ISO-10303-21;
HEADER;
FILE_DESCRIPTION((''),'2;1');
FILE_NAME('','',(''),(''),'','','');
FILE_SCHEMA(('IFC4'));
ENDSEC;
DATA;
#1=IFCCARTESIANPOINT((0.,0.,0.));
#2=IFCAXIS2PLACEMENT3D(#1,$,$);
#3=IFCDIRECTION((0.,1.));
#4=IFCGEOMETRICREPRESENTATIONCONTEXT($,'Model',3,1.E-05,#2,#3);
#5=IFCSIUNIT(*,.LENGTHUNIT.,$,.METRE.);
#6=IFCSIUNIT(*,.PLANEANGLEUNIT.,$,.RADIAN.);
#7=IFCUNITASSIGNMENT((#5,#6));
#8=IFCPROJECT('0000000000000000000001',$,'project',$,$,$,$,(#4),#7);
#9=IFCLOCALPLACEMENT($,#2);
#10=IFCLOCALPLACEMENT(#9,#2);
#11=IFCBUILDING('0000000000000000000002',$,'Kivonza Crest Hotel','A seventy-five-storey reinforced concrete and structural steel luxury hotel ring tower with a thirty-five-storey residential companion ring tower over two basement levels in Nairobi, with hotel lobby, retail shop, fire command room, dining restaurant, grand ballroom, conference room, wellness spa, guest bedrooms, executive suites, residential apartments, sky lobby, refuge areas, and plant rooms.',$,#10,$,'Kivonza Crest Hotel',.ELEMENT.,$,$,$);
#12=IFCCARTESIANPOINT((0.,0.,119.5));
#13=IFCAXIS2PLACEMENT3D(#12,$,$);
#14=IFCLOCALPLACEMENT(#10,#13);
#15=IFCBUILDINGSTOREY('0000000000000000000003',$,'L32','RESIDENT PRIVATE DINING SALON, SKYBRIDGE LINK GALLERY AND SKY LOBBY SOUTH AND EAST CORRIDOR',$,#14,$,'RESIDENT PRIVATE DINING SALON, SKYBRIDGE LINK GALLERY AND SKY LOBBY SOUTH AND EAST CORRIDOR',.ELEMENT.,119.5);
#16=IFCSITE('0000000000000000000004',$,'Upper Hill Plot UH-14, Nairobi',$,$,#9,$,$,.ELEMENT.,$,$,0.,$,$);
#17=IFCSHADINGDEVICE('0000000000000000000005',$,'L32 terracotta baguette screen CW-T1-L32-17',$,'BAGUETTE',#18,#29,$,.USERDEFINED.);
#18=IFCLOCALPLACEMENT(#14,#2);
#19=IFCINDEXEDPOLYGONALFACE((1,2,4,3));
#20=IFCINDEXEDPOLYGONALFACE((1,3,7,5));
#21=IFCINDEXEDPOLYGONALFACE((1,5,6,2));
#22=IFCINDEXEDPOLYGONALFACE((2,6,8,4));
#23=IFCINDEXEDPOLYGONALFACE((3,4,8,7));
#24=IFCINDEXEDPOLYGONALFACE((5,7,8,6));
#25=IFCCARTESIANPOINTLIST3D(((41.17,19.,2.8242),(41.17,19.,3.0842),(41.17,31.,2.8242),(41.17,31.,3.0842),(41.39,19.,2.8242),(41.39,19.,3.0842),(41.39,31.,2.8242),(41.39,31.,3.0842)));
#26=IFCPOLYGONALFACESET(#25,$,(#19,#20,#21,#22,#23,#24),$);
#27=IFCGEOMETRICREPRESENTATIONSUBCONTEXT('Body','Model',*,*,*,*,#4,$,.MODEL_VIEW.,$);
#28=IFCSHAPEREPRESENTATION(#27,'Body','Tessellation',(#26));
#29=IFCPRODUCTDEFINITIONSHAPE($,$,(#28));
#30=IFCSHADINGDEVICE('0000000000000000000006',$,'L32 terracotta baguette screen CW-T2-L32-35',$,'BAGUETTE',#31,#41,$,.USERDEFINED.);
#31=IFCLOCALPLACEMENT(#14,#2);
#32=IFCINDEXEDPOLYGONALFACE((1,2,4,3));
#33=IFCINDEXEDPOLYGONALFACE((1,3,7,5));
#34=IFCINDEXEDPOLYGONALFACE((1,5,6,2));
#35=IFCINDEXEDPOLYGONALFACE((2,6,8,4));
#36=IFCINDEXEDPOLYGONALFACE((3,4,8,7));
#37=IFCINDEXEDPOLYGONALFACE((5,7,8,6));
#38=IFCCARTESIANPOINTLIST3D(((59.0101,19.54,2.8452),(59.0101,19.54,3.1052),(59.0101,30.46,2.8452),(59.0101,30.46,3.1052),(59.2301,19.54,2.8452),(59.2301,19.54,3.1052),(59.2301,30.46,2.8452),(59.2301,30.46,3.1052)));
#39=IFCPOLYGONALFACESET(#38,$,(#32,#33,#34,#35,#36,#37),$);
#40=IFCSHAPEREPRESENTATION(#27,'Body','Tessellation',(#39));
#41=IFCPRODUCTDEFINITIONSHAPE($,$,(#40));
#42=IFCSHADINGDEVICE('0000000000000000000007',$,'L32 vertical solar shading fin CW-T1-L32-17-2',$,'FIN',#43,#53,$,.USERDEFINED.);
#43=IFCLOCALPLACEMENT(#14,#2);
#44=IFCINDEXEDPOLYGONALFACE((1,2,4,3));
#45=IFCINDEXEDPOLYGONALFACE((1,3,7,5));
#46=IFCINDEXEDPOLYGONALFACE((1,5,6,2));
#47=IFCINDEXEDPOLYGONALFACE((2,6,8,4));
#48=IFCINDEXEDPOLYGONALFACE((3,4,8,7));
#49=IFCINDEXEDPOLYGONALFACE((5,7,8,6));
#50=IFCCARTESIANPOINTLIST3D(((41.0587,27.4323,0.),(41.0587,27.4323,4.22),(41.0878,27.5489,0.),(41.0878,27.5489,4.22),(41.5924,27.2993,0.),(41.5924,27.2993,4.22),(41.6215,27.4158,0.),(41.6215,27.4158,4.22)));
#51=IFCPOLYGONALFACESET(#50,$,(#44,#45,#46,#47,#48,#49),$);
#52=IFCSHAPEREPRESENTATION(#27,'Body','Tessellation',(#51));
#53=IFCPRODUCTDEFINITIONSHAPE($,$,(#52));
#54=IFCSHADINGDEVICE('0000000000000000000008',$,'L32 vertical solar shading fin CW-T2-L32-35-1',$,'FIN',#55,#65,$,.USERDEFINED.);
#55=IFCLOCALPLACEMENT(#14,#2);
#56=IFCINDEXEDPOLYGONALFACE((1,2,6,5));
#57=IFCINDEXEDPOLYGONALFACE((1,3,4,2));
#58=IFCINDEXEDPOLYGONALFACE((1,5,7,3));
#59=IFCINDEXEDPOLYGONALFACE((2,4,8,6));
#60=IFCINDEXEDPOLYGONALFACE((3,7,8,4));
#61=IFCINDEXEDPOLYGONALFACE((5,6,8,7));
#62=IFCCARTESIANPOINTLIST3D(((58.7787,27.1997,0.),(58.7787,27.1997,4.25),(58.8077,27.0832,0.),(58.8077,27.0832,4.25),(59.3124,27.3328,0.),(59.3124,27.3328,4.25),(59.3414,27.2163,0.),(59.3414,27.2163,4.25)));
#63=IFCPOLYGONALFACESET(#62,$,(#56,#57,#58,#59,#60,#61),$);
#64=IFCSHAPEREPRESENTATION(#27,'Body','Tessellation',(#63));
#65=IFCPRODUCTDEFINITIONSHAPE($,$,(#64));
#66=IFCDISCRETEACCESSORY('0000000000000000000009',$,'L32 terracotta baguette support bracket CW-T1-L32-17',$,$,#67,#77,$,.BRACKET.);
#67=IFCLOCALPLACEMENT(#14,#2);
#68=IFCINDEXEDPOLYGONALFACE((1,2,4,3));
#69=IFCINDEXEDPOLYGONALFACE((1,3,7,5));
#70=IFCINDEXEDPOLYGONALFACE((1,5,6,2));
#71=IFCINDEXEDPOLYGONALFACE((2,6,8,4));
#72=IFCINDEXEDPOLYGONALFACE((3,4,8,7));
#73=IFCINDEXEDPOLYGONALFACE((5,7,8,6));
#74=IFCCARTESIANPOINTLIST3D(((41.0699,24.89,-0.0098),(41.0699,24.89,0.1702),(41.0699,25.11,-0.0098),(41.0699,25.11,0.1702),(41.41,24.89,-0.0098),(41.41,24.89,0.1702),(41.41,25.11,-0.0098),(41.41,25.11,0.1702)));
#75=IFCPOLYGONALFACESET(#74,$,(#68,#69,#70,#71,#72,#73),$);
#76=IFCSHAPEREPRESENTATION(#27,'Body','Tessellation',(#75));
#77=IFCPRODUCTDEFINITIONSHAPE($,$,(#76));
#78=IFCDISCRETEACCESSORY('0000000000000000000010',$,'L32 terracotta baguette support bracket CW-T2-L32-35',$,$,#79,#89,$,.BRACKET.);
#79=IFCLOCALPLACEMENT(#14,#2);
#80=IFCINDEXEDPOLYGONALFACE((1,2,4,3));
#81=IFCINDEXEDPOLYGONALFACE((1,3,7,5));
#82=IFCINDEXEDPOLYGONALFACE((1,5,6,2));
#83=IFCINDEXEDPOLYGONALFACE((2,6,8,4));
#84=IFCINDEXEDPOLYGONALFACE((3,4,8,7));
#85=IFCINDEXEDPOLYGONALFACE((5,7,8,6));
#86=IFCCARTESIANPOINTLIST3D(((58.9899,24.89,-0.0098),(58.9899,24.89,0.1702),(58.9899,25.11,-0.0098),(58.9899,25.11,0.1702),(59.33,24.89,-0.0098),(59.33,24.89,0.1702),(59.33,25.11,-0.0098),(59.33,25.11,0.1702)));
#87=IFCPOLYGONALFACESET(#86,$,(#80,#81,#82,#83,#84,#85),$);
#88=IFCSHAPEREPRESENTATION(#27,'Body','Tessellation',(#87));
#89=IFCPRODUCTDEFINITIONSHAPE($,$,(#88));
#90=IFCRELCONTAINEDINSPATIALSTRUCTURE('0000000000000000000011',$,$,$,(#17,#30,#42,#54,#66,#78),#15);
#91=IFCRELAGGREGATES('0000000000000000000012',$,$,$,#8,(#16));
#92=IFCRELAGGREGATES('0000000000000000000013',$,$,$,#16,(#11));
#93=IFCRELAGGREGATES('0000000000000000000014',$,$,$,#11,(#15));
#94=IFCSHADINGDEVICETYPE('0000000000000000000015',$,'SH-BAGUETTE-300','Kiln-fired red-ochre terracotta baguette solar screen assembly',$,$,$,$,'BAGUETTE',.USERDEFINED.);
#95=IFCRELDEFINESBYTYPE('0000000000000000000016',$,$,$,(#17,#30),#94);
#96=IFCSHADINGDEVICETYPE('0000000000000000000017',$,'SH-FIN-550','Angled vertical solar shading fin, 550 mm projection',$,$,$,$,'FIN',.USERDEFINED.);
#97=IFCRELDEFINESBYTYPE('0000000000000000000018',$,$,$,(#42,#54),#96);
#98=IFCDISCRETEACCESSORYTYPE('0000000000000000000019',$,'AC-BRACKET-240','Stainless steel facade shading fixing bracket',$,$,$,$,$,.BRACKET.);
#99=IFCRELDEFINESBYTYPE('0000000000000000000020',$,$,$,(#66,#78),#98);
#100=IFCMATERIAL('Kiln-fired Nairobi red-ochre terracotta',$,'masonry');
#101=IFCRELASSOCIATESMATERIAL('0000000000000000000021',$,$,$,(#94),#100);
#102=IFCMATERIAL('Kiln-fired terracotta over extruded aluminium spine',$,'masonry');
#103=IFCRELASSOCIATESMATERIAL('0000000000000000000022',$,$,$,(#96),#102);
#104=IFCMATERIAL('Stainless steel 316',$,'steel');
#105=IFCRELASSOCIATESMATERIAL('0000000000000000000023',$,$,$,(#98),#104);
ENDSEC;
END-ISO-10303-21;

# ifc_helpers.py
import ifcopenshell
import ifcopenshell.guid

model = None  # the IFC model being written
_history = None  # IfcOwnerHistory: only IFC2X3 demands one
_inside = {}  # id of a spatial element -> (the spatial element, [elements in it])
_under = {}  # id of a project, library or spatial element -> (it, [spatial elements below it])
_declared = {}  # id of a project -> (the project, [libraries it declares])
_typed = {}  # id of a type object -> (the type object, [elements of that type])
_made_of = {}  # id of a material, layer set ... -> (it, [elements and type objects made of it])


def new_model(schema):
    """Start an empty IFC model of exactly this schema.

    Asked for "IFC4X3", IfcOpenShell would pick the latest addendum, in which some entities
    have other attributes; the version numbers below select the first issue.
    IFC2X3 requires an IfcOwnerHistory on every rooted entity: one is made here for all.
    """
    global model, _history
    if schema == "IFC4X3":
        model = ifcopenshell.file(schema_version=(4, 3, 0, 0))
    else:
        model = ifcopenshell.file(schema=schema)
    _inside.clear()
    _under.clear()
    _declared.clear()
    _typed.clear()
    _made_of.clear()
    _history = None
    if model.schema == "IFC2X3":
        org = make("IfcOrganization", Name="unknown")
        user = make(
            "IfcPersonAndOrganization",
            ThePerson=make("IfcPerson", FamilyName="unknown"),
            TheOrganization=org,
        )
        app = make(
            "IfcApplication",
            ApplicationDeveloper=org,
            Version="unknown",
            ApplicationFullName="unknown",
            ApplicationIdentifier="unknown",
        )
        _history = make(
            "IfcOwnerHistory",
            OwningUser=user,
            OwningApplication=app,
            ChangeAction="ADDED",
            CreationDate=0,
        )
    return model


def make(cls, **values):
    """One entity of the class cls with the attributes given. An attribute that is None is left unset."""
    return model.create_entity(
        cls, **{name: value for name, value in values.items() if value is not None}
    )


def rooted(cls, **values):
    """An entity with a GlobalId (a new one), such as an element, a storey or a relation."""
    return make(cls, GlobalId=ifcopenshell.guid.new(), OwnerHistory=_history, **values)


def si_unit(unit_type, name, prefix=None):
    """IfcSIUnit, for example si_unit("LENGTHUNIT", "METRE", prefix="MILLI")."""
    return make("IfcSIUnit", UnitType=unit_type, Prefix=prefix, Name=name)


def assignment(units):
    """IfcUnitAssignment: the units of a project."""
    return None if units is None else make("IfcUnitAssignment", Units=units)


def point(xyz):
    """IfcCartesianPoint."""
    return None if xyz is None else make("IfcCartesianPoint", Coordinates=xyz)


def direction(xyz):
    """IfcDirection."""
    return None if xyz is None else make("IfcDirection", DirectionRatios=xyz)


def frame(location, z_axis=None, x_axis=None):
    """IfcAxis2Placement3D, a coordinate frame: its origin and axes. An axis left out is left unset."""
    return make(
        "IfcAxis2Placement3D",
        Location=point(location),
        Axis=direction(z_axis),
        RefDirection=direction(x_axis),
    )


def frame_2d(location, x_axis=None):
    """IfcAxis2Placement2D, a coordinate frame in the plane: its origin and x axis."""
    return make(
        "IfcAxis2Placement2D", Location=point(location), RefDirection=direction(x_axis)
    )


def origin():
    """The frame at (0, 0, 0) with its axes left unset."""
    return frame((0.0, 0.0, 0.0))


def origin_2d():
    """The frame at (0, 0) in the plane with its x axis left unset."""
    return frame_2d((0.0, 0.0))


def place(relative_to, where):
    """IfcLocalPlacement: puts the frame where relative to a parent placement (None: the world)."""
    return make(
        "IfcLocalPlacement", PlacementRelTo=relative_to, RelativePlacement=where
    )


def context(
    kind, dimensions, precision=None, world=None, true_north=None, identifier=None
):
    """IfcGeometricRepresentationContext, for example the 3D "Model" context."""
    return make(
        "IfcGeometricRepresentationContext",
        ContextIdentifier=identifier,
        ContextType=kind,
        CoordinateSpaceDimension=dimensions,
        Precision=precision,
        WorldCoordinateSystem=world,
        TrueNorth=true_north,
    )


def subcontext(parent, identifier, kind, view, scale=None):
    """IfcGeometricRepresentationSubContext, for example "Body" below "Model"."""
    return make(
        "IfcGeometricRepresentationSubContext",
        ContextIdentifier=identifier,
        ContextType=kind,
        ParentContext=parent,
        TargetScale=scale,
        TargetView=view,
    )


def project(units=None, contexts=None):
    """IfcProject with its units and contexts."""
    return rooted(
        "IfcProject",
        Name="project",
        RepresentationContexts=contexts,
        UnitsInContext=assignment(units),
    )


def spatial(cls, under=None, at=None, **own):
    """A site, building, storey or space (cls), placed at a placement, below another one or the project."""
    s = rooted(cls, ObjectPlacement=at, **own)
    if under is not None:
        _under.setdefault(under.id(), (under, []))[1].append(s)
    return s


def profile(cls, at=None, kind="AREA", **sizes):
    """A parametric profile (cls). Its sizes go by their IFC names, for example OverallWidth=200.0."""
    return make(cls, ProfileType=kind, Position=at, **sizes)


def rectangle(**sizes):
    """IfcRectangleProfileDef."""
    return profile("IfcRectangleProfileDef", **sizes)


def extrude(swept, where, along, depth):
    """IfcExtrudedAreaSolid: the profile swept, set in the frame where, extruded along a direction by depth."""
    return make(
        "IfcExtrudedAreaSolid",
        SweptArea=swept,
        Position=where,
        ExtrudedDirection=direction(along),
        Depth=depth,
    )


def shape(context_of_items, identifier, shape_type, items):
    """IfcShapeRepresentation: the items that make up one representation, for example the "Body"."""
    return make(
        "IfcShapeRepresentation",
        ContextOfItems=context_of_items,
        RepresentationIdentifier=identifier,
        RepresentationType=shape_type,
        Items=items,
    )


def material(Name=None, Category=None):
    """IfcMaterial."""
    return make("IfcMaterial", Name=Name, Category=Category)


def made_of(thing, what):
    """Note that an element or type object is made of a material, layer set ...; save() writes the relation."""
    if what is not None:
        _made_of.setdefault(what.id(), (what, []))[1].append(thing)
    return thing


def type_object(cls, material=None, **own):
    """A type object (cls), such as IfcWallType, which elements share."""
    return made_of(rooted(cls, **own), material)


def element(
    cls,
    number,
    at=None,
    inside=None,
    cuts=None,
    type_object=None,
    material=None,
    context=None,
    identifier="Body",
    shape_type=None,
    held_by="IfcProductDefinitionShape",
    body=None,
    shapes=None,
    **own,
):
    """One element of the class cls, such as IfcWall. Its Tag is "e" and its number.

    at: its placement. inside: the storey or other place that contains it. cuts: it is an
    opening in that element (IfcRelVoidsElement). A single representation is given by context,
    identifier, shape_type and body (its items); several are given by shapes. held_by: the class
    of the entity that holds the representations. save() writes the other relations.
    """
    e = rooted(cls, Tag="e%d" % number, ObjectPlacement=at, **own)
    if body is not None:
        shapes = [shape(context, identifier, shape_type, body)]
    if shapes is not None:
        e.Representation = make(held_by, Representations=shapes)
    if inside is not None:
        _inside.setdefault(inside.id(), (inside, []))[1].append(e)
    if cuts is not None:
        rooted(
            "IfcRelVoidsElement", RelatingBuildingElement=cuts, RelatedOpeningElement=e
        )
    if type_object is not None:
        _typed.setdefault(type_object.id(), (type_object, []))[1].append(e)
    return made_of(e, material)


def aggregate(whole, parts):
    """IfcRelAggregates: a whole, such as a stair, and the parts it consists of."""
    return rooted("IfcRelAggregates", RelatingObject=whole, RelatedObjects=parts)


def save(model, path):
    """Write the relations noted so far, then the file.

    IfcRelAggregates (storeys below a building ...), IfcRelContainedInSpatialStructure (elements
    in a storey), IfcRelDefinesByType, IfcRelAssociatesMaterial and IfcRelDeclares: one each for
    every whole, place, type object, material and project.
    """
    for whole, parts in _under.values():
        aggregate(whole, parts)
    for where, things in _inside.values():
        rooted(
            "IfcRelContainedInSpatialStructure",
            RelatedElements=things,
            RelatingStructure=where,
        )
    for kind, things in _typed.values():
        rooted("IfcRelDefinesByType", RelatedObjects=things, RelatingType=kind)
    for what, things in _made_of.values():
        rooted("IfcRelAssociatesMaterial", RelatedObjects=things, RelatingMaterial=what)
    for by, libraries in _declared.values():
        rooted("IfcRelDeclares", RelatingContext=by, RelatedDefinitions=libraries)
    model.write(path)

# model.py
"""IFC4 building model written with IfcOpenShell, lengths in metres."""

from ifc_helpers import new_model, si_unit, direction, frame, origin, origin_2d, place, context, subcontext, project, spatial, rectangle, extrude, material, type_object, element, save


model = new_model("IFC4")

# Units and contexts
model_context = context("Model", 3, precision=1e-05, world=origin(), true_north=direction((0.0, 1.0)))
body_context = subcontext(model_context, "Body", "Model", "MODEL_VIEW")
ifc_project = project(units=[si_unit("LENGTHUNIT", "METRE"), si_unit("PLANEANGLEUNIT", "RADIAN")], contexts=[model_context])

# Site, building, storey
site_placement = place(None, origin())
site = spatial("IfcSite", under=ifc_project, at=site_placement, Name="Upper Hill Plot UH-14, Nairobi", CompositionType="ELEMENT", RefElevation=0.0)
building_placement = place(site_placement, origin())
building = spatial("IfcBuilding", under=site, at=building_placement, Name="Kivonza Crest Hotel", Description="A seventy-five-storey reinforced concrete and structural steel luxury hotel ring tower with a thirty-five-storey residential companion ring tower over two basement levels in Nairobi, with hotel lobby, retail shop, fire command room, dining restaurant, grand ballroom, conference room, wellness spa, guest bedrooms, executive suites, residential apartments, sky lobby, refuge areas, and plant rooms.", LongName="Kivonza Crest Hotel", CompositionType="ELEMENT")
storey_placement = place(building_placement, frame((0.0, 0.0, 119.5)))
storey = spatial("IfcBuildingStorey", under=building, at=storey_placement, Name="L32", Description="RESIDENT PRIVATE DINING SALON, SKYBRIDGE LINK GALLERY AND SKY LOBBY SOUTH AND EAST CORRIDOR", LongName="RESIDENT PRIVATE DINING SALON, SKYBRIDGE LINK GALLERY AND SKY LOBBY SOUTH AND EAST CORRIDOR", CompositionType="ELEMENT", Elevation=119.5)

# Shading devices
ifc_material_1 = material(Name="Kiln-fired Nairobi red-ochre terracotta", Category="masonry")
shading_device_type_1 = type_object("IfcShadingDeviceType", Name="SH-BAGUETTE-300", Description="Kiln-fired red-ochre terracotta baguette solar screen assembly", ElementType="BAGUETTE", PredefinedType="USERDEFINED", material=ifc_material_1)
shading_device_1_placement = place(storey_placement, frame((41.28, 25.0, 2.8242), z_axis=(0.0, 0.0, 1.0), x_axis=(0.0, 1.0, 0.0)))
element("IfcShadingDevice", 1, at=shading_device_1_placement, inside=storey, type_object=shading_device_type_1, Name="L32 terracotta baguette screen CW-T1-L32-17", ObjectType="BAGUETTE", PredefinedType="USERDEFINED", context=body_context, shape_type="SweptSolid", body=[
    extrude(rectangle(XDim=12.0, YDim=0.22, at=origin_2d()), origin(), (0.0, 0.0, 1.0), 0.26),
])
shading_device_2_placement = place(storey_placement, frame((59.1201, 25.0, 2.8452), z_axis=(0.0, 0.0, 1.0), x_axis=(0.0, -1.0, 0.0)))
element("IfcShadingDevice", 2, at=shading_device_2_placement, inside=storey, type_object=shading_device_type_1, Name="L32 terracotta baguette screen CW-T2-L32-35", ObjectType="BAGUETTE", PredefinedType="USERDEFINED", context=body_context, shape_type="SweptSolid", body=[
    extrude(rectangle(XDim=10.9199, YDim=0.22, at=origin_2d()), origin(), (0.0, 0.0, 1.0), 0.26),
])
ifc_material_2 = material(Name="Kiln-fired terracotta over extruded aluminium spine", Category="masonry")
shading_device_type_2 = type_object("IfcShadingDeviceType", Name="SH-FIN-550", Description="Angled vertical solar shading fin, 550 mm projection", ElementType="FIN", PredefinedType="USERDEFINED", material=ifc_material_2)
shading_device_3_placement = place(storey_placement, frame((41.3401, 27.4241, 0.0), z_axis=(0.0, 0.0, 1.0), x_axis=(0.241922, 0.970296, 0.0)))
element("IfcShadingDevice", 3, at=shading_device_3_placement, inside=storey, type_object=shading_device_type_2, Name="L32 vertical solar shading fin CW-T1-L32-17-2", ObjectType="FIN", PredefinedType="USERDEFINED", context=body_context, shape_type="SweptSolid", body=[
    extrude(rectangle(XDim=0.1201, YDim=0.55, at=origin_2d()), origin(), (0.0, 0.0, 1.0), 4.22),
])
shading_device_4_placement = place(storey_placement, frame((59.0601, 27.208, 0.0), z_axis=(0.0, 0.0, 1.0), x_axis=(0.241922, -0.970296, 0.0)))
element("IfcShadingDevice", 4, at=shading_device_4_placement, inside=storey, type_object=shading_device_type_2, Name="L32 vertical solar shading fin CW-T2-L32-35-1", ObjectType="FIN", PredefinedType="USERDEFINED", context=body_context, shape_type="SweptSolid", body=[
    extrude(rectangle(XDim=0.1201, YDim=0.55, at=origin_2d()), origin(), (0.0, 0.0, 1.0), 4.25),
])

# Discrete accessories
ifc_material_3 = material(Name="Stainless steel 316", Category="steel")
discrete_accessory_type = type_object("IfcDiscreteAccessoryType", Name="AC-BRACKET-240", Description="Stainless steel facade shading fixing bracket", PredefinedType="BRACKET", material=ifc_material_3)
for number, where, z_axis, x_axis, name in (
    (5, (41.24, 25.0, -0.0098), (0.0, 0.0, 1.0), (0.0, 1.0, 0.0), "L32 terracotta baguette support bracket CW-T1-L32-17"),
    (6, (59.1599, 25.0, -0.0098), (0.0, 0.0, 1.0), (0.0, -1.0, 0.0), "L32 terracotta baguette support bracket CW-T2-L32-35"),
):
    element("IfcDiscreteAccessory", number, at=place(storey_placement, frame(where, z_axis=z_axis, x_axis=x_axis)), inside=storey, type_object=discrete_accessory_type, Name=name, PredefinedType="BRACKET", context=body_context, shape_type="SweptSolid", body=[
        extrude(rectangle(XDim=0.22, YDim=0.3401, at=origin_2d()), origin(), (0.0, 0.0, 1.0), 0.1799),
    ])

save(model, "model.ifc")
